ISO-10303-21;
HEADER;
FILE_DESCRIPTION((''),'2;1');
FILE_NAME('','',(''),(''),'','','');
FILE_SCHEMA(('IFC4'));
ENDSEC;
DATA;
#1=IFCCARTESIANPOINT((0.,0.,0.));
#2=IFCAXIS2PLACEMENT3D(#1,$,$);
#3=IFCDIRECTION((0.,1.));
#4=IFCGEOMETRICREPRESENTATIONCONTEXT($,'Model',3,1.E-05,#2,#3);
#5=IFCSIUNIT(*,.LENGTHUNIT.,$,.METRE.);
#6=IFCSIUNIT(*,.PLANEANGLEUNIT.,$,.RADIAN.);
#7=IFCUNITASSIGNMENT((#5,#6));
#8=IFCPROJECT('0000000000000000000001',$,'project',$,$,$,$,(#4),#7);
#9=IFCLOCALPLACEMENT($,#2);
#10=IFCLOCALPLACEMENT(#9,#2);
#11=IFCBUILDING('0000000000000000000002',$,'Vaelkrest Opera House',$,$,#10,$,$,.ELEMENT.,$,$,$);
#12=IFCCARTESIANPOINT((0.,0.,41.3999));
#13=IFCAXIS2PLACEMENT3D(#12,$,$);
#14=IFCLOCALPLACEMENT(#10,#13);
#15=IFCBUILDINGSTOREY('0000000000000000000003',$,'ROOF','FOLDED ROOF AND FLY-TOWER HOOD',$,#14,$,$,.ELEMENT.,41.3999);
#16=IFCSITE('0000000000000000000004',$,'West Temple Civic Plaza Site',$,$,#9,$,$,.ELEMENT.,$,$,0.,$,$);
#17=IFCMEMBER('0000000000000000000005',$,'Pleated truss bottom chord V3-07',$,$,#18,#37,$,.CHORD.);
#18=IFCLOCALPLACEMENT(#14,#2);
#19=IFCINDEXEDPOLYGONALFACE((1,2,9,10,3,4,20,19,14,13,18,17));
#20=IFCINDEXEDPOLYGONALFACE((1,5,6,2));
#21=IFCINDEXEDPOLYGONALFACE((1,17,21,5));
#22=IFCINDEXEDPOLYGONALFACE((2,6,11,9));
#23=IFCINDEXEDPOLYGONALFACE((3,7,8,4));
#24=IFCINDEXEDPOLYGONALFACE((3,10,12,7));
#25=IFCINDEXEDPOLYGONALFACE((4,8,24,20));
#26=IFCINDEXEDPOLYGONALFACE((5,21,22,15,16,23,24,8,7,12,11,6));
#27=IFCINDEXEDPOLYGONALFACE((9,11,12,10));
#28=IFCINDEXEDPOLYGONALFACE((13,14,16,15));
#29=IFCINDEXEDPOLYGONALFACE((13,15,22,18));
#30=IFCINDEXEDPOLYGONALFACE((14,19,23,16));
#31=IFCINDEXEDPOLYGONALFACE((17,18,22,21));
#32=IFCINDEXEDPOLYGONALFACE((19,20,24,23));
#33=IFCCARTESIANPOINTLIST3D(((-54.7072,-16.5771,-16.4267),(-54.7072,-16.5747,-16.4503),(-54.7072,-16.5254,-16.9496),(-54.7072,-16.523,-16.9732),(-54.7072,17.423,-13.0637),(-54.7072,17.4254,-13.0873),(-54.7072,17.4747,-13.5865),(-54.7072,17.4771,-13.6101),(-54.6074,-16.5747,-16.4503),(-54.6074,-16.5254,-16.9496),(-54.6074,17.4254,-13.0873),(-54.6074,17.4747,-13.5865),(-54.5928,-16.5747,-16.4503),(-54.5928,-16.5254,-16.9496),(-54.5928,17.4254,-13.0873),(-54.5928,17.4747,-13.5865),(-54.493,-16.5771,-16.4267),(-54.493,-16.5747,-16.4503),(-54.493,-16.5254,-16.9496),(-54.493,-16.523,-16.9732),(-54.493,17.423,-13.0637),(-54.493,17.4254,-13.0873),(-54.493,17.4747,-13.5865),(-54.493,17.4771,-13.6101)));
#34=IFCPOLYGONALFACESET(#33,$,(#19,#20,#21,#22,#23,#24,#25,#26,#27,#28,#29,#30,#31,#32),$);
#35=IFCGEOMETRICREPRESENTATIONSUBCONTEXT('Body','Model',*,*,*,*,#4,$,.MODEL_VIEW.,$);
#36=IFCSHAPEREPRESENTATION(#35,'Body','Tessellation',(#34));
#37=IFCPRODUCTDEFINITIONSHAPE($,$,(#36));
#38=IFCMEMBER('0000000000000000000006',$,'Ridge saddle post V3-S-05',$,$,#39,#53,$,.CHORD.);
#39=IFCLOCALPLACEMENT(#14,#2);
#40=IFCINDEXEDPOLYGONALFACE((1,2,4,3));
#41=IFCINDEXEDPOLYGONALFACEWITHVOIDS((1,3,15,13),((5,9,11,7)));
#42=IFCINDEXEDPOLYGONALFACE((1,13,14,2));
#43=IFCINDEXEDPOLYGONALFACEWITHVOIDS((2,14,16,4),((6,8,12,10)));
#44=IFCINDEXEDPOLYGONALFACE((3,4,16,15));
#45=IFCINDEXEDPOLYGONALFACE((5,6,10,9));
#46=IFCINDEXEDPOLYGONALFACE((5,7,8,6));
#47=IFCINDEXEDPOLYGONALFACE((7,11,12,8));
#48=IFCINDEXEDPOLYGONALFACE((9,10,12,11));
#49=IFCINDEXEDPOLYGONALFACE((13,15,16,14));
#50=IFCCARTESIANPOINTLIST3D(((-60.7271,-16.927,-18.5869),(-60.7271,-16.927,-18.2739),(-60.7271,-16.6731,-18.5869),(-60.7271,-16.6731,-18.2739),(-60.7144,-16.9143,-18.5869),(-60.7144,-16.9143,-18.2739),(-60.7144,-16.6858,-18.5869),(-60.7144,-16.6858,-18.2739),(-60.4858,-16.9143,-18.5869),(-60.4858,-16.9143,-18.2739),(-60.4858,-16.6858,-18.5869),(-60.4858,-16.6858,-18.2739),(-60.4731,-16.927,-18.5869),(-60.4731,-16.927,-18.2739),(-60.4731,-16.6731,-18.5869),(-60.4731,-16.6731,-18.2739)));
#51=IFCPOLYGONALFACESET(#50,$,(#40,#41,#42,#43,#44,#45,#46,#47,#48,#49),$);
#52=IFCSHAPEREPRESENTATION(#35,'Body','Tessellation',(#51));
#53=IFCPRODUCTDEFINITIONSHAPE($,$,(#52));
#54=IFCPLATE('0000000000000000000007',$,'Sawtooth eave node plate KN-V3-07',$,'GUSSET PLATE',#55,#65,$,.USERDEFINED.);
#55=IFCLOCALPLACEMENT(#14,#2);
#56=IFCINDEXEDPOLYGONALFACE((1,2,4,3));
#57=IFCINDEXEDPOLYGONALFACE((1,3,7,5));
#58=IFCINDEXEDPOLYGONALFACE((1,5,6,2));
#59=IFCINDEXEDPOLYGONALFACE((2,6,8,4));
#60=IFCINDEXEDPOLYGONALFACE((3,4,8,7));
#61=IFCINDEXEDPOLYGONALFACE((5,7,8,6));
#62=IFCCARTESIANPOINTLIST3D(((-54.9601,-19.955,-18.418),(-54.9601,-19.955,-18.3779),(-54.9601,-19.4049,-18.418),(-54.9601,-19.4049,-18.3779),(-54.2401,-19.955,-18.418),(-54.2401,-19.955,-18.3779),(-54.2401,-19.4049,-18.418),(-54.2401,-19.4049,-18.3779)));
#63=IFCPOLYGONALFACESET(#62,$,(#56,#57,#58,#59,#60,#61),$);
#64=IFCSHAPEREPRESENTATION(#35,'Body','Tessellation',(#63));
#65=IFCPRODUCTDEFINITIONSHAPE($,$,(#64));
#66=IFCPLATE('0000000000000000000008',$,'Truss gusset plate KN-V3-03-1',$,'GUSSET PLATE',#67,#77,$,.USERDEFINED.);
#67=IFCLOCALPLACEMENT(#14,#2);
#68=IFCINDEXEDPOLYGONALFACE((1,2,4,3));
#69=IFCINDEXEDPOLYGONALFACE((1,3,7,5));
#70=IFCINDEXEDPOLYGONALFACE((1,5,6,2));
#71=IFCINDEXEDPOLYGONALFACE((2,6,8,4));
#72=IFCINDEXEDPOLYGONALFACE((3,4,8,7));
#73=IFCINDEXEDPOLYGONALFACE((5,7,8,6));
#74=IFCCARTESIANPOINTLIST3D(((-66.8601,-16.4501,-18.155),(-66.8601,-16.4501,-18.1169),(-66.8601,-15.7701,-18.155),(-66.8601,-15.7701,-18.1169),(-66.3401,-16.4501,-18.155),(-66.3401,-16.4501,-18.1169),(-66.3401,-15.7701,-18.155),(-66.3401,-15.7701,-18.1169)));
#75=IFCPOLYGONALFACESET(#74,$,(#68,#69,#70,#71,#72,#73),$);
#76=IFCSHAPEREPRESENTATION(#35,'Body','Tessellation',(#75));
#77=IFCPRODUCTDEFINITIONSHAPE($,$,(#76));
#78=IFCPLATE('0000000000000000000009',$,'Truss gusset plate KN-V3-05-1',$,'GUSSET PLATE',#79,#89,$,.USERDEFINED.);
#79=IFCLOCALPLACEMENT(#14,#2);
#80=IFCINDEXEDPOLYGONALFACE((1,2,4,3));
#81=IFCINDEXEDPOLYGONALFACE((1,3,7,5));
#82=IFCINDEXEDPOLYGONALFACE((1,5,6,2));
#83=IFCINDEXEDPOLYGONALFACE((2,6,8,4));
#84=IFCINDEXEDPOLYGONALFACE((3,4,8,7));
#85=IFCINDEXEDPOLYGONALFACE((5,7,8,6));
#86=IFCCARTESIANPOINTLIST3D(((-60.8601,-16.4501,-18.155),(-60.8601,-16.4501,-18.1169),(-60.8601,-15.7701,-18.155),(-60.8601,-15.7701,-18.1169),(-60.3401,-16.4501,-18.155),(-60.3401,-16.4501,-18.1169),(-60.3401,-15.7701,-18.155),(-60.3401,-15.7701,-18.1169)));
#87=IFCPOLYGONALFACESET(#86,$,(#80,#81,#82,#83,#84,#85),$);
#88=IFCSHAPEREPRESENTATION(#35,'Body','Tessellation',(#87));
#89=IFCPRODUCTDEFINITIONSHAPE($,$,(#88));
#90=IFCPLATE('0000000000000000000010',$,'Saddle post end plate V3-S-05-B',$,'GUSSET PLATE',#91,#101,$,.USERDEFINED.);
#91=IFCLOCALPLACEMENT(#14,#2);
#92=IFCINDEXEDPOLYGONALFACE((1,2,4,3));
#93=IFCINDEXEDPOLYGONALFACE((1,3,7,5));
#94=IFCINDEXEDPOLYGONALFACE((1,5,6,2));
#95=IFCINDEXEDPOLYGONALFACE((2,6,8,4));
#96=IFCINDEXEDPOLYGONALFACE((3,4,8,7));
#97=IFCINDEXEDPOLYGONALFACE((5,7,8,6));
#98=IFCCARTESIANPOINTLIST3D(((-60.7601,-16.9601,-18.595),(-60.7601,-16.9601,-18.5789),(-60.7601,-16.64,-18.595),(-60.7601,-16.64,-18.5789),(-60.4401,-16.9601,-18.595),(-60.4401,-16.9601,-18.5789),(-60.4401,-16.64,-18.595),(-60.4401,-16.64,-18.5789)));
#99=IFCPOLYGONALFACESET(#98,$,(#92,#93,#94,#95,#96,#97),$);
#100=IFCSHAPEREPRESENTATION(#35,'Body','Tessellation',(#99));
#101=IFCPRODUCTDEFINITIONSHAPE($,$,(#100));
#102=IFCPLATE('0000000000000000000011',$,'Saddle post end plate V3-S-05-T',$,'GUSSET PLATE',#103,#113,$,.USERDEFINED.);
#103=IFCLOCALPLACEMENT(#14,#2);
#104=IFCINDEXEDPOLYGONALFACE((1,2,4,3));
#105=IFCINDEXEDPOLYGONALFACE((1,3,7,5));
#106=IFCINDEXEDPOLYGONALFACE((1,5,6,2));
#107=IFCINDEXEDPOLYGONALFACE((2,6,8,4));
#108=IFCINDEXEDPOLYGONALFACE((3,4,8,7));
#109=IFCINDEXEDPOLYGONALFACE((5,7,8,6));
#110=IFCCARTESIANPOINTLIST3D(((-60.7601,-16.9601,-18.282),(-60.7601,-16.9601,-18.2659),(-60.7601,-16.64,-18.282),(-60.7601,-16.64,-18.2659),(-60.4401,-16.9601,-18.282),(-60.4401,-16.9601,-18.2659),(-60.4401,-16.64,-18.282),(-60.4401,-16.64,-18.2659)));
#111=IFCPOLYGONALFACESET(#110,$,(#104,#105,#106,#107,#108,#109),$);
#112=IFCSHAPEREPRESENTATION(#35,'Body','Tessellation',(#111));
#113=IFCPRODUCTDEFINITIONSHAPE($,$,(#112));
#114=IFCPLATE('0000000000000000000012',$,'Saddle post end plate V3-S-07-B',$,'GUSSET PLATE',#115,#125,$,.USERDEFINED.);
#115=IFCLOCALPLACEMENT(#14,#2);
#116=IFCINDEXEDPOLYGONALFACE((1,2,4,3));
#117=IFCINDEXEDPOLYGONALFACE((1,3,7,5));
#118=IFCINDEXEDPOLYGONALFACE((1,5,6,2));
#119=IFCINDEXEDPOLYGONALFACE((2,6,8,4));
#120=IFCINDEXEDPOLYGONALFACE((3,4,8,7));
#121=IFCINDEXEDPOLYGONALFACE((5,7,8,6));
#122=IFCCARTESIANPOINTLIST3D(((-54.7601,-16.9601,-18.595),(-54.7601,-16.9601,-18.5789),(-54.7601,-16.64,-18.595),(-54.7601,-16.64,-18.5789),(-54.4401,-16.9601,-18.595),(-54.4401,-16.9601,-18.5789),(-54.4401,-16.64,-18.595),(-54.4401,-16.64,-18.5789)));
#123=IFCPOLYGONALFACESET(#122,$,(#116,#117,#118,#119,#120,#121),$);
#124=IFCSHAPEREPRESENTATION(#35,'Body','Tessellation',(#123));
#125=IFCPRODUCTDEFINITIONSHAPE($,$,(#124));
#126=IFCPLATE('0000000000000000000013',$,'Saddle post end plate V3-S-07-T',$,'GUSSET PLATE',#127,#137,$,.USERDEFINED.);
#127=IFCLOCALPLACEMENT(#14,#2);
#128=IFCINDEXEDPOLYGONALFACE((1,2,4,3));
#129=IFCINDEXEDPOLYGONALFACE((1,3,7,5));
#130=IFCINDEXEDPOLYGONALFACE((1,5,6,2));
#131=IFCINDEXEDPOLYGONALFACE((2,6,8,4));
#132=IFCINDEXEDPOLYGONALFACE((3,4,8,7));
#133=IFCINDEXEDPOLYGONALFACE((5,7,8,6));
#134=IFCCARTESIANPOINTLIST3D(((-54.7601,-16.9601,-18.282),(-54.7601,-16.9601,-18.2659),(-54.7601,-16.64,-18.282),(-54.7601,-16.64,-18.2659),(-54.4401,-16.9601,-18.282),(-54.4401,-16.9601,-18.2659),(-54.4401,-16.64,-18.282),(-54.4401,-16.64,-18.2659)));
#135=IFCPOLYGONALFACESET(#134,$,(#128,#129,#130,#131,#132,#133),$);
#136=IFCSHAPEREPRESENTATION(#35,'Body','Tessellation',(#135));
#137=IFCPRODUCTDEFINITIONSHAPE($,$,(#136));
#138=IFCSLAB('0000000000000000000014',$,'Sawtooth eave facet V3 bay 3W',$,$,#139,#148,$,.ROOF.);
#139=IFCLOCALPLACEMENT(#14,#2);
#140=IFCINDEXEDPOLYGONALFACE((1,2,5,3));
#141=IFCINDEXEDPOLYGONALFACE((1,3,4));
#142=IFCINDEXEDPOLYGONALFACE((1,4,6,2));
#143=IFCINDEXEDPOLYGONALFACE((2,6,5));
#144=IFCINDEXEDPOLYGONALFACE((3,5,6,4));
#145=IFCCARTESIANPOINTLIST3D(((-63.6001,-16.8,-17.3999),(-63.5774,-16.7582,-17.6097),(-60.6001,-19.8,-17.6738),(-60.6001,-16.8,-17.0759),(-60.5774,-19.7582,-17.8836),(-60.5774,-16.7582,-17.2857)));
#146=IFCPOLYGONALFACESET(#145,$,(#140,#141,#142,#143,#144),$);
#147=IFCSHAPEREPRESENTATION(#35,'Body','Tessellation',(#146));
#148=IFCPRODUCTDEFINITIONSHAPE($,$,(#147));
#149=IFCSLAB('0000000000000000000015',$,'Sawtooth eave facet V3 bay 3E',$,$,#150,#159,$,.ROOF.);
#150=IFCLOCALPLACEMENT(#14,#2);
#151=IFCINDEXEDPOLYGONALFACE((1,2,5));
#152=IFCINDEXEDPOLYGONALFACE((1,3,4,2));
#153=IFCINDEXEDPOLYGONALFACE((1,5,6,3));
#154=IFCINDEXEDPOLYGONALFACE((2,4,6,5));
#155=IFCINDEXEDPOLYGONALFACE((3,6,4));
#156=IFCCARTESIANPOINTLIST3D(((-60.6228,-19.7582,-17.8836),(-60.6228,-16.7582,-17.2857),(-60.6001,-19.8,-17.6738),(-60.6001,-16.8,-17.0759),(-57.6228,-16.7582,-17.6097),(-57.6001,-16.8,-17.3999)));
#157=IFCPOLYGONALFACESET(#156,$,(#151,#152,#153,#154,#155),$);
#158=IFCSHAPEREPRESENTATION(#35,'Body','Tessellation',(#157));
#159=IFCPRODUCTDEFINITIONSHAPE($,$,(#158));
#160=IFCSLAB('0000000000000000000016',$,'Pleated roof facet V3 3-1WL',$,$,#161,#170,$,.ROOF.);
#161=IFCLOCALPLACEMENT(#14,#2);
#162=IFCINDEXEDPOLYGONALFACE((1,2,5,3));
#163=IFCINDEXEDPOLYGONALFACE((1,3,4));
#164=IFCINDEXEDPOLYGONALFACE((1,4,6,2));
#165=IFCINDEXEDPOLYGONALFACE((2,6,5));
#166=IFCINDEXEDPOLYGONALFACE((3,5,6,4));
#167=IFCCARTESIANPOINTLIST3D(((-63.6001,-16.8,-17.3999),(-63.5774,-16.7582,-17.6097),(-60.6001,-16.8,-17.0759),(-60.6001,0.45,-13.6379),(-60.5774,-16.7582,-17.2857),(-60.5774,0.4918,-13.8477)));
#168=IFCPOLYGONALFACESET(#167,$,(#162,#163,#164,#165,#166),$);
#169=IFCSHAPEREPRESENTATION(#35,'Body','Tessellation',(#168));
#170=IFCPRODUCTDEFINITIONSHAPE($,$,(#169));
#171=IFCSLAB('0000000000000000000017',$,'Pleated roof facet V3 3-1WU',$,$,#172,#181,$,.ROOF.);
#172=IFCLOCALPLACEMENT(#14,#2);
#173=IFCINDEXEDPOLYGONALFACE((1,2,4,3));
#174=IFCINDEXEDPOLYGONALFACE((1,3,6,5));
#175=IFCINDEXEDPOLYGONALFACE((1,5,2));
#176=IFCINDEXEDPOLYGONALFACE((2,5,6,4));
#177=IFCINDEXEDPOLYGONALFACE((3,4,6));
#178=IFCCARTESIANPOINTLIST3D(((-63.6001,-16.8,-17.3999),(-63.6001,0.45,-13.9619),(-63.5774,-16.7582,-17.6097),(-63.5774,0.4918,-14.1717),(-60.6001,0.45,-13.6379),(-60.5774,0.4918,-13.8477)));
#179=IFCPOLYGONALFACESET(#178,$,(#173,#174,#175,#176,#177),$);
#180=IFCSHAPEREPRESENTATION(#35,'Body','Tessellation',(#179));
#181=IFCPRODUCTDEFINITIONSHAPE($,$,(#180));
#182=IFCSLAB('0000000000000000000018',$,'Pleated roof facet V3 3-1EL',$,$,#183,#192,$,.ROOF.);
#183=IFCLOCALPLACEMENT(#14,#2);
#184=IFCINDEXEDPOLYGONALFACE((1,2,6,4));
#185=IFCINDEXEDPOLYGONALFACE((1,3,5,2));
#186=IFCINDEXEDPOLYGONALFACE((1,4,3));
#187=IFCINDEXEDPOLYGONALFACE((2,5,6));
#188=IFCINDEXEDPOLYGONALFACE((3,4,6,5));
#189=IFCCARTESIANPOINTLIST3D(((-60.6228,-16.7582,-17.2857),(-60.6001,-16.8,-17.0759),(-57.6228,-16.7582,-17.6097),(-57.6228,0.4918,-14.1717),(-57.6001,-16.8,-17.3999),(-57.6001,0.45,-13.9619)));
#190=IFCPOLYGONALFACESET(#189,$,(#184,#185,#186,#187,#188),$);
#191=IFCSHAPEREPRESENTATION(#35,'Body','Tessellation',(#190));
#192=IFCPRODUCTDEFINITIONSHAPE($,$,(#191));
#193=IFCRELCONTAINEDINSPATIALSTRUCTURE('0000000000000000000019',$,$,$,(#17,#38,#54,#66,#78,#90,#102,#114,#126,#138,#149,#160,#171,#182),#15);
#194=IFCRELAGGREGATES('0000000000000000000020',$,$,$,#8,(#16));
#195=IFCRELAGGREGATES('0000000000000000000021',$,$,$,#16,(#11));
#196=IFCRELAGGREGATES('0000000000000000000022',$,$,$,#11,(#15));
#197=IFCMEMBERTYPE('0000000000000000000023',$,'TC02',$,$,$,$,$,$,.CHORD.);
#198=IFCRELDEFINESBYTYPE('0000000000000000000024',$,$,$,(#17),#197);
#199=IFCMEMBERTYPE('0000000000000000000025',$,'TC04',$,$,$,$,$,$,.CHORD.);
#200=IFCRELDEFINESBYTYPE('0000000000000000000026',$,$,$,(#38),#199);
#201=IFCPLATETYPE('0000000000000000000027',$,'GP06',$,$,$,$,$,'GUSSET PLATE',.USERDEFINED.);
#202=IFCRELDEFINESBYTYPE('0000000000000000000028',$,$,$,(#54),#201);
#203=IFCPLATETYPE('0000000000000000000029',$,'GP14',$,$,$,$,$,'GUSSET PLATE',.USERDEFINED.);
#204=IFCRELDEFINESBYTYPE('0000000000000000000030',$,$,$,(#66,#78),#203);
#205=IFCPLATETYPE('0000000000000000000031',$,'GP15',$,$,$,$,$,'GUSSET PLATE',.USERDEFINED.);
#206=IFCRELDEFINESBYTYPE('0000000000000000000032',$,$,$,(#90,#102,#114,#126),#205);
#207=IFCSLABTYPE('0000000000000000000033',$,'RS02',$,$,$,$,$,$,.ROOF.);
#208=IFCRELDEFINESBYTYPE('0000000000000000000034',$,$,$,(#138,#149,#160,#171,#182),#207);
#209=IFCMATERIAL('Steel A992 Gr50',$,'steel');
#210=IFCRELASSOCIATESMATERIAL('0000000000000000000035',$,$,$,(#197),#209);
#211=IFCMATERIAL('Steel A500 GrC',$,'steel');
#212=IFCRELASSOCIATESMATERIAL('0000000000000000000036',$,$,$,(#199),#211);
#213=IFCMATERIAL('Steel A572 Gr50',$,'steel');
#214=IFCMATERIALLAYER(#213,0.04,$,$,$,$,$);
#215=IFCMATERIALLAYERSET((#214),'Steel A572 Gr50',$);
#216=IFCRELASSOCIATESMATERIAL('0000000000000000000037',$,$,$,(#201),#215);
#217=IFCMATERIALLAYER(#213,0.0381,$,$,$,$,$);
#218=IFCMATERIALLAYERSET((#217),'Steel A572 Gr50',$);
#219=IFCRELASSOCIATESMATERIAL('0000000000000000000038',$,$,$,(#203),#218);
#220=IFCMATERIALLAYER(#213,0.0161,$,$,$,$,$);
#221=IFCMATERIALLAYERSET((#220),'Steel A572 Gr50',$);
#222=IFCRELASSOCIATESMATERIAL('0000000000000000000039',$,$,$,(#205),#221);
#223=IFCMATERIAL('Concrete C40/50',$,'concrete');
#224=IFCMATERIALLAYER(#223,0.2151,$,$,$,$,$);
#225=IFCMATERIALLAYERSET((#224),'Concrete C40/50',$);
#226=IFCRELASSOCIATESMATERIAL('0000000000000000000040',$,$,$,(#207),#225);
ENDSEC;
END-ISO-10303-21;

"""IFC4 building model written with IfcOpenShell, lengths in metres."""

from ifc_helpers import new_model, si_unit, direction, frame, origin, origin_2d, place, context, subcontext, project, spatial, polyline, rectangle, hollow_rectangle, i_section, outline, extrude, material, layer, layer_set, material_profile, profile_set, type_object, element, save


model = new_model("IFC4")

# Units and contexts
model_context = context("Model", 3, precision=1e-05, world=origin(), true_north=direction((0.0, 1.0)))
body_context = subcontext(model_context, "Body", "Model", "MODEL_VIEW")
ifc_project = project(units=[si_unit("LENGTHUNIT", "METRE"), si_unit("PLANEANGLEUNIT", "RADIAN")], contexts=[model_context])

# Site, building, storey
site_placement = place(None, origin())
site = spatial("IfcSite", under=ifc_project, at=site_placement, Name="West Temple Civic Plaza Site", CompositionType="ELEMENT", RefElevation=0.0)
building_placement = place(site_placement, origin())
building = spatial("IfcBuilding", under=site, at=building_placement, Name="Vaelkrest Opera House", CompositionType="ELEMENT")
storey_placement = place(building_placement, frame((0.0, 0.0, 41.3999)))
storey = spatial("IfcBuildingStorey", under=building, at=storey_placement, Name="ROOF", Description="FOLDED ROOF AND FLY-TOWER HOOD", CompositionType="ELEMENT", Elevation=41.3999)

# Shared definitions
ifc_material_1 = material(Name="Steel A992 Gr50", Category="steel")

# Members
ifc_material_2 = material(Name="Steel A500 GrC", Category="steel")
ifc_material_profile_1 = material_profile(ifc_material_1, i_section(OverallWidth=0.2141, OverallDepth=0.5491, WebThickness=0.0146, FlangeThickness=0.0237, at=origin_2d()), Name="W21X93")
ifc_profile_set_1 = profile_set([ifc_material_profile_1], Name="Steel A992 Gr50")
member_type_1 = type_object("IfcMemberType", Name="TC02", PredefinedType="CHORD", material=ifc_profile_set_1)
for number, where, z_axis, x_axis, name in (
    (1, (-54.6001, -16.55, -16.7), (0.0, 0.995144, 0.098433), (-1.0, 0.0, 0.0), "Pleated truss bottom chord V3-07"),
):
    element("IfcMember", number, at=place(storey_placement, frame(where, z_axis=z_axis, x_axis=x_axis)), inside=storey, type_object=member_type_1, Name=name, PredefinedType="CHORD", context=body_context, shape_type="SweptSolid", body=[
        extrude(i_section(OverallWidth=0.2141, OverallDepth=0.5491, WebThickness=0.0146, FlangeThickness=0.0237, at=origin_2d()), origin(), (0.0, 0.0, 1.0), 34.166),
    ])
ifc_material_profile_2 = material_profile(ifc_material_2, hollow_rectangle(XDim=0.2539, YDim=0.2539, WallThickness=0.0127, at=origin_2d()), Name="HSS254X254X12.7")
ifc_profile_set_2 = profile_set([ifc_material_profile_2], Name="Steel A500 GrC")
member_type_2 = type_object("IfcMemberType", Name="TC04", PredefinedType="CHORD", material=ifc_profile_set_2)
member_1_placement = place(storey_placement, frame((-60.6001, -16.8, -18.5869), z_axis=(0.0, 0.0, 1.0), x_axis=(1.0, 0.0, 0.0)))
element("IfcMember", 2, at=member_1_placement, inside=storey, type_object=member_type_2, Name="Ridge saddle post V3-S-05", PredefinedType="CHORD", context=body_context, shape_type="SweptSolid", body=[
    extrude(hollow_rectangle(XDim=0.2539, YDim=0.2539, WallThickness=0.0127, at=origin_2d()), origin(), (0.0, 0.0, 1.0), 0.313),
])

# Plates
ifc_material_3 = material(Name="Steel A572 Gr50", Category="steel")
ifc_layer_1 = layer(ifc_material_3, 0.04)
ifc_layer_set_1 = layer_set([ifc_layer_1], Name="Steel A572 Gr50")
plate_type_1 = type_object("IfcPlateType", Name="GP06", ElementType="GUSSET PLATE", PredefinedType="USERDEFINED", material=ifc_layer_set_1)
plate_placement = place(storey_placement, frame((-54.6001, -19.6799, -18.418), z_axis=(0.0, 0.0, 1.0), x_axis=(1.0, 0.0, 0.0)))
element("IfcPlate", 3, at=plate_placement, inside=storey, type_object=plate_type_1, Name="Sawtooth eave node plate KN-V3-07", ObjectType="GUSSET PLATE", PredefinedType="USERDEFINED", context=body_context, shape_type="SweptSolid", body=[
    extrude(rectangle(XDim=0.72, YDim=0.55, at=origin_2d()), origin(), (0.0, 0.0, 1.0), 0.04),
])
ifc_layer_2 = layer(ifc_material_3, 0.0381)
ifc_layer_set_2 = layer_set([ifc_layer_2], Name="Steel A572 Gr50")
plate_type_2 = type_object("IfcPlateType", Name="GP14", ElementType="GUSSET PLATE", PredefinedType="USERDEFINED", material=ifc_layer_set_2)
for number, where, z_axis, x_axis, name in (
    (4, (-66.6001, -16.1101, -18.155), (0.0, 0.0, 1.0), (0.0, 1.0, 0.0), "Truss gusset plate KN-V3-03-1"),
    (5, (-60.6001, -16.1101, -18.155), (0.0, 0.0, 1.0), (0.0, 1.0, 0.0), "Truss gusset plate KN-V3-05-1"),
):
    element("IfcPlate", number, at=place(storey_placement, frame(where, z_axis=z_axis, x_axis=x_axis)), inside=storey, type_object=plate_type_2, Name=name, ObjectType="GUSSET PLATE", PredefinedType="USERDEFINED", context=body_context, shape_type="SweptSolid", body=[
        extrude(rectangle(XDim=0.6799, YDim=0.52, at=origin_2d()), origin(), (0.0, 0.0, 1.0), 0.0381),
    ])
ifc_layer_3 = layer(ifc_material_3, 0.0161)
ifc_layer_set_3 = layer_set([ifc_layer_3], Name="Steel A572 Gr50")
plate_type_3 = type_object("IfcPlateType", Name="GP15", ElementType="GUSSET PLATE", PredefinedType="USERDEFINED", material=ifc_layer_set_3)
for number, where, z_axis, x_axis, name in (
    (6, (-60.6001, -16.8, -18.595), (0.0, 0.0, 1.0), (1.0, 0.0, 0.0), "Saddle post end plate V3-S-05-B"),
    (7, (-60.6001, -16.8, -18.282), (0.0, 0.0, 1.0), (1.0, 0.0, 0.0), "Saddle post end plate V3-S-05-T"),
    (8, (-54.6001, -16.8, -18.595), (0.0, 0.0, 1.0), (1.0, 0.0, 0.0), "Saddle post end plate V3-S-07-B"),
    (9, (-54.6001, -16.8, -18.282), (0.0, 0.0, 1.0), (1.0, 0.0, 0.0), "Saddle post end plate V3-S-07-T"),
):
    element("IfcPlate", number, at=place(storey_placement, frame(where, z_axis=z_axis, x_axis=x_axis)), inside=storey, type_object=plate_type_3, Name=name, ObjectType="GUSSET PLATE", PredefinedType="USERDEFINED", context=body_context, shape_type="SweptSolid", body=[
        extrude(rectangle(XDim=0.3201, YDim=0.3201, at=origin_2d()), origin(), (0.0, 0.0, 1.0), 0.0161),
    ])

# Slabs
ifc_material_4 = material(Name="Concrete C40/50", Category="concrete")
ifc_layer_4 = layer(ifc_material_4, 0.2151)
ifc_layer_set_4 = layer_set([ifc_layer_4], Name="Concrete C40/50")
slab_type = type_object("IfcSlabType", Name="RS02", PredefinedType="ROOF", material=ifc_layer_set_4)
slab_1_placement = place(storey_placement, frame((-63.6001, -16.8, -17.3999), z_axis=(-0.10532, -0.194369, 0.975258), x_axis=(0.705638, -0.705638, -0.064431)))
element("IfcSlab", 10, at=slab_1_placement, inside=storey, type_object=slab_type, Name="Sawtooth eave facet V3 bay 3W", PredefinedType="ROOF", context=body_context, shape_type="SweptSolid", body=[
    extrude(outline(polyline([(0.0, 0.0), (4.2515, 0.0), (2.096, 2.1706), (0.0, 0.0)])), origin(), (0.0, 0.0, -1.0), 0.2151),
])
slab_2_placement = place(storey_placement, frame((-60.6001, -16.8, -17.0759), z_axis=(0.10532, -0.194369, 0.975258), x_axis=(0.0, -0.980712, -0.195456)))
element("IfcSlab", 11, at=slab_2_placement, inside=storey, type_object=slab_type, Name="Sawtooth eave facet V3 bay 3E", PredefinedType="ROOF", context=body_context, shape_type="SweptSolid", body=[
    extrude(outline(polyline([(0.0, 0.0), (3.059, 0.0), (0.0633, 3.0168), (0.0, 0.0)])), origin(), (0.0, 0.0, -1.0), 0.2151),
])
slab_3_placement = place(storey_placement, frame((-63.6001, -16.8, -17.3999), z_axis=(-0.10532, -0.194372, 0.975257), x_axis=(0.994219, 0.0, 0.107367)))
element("IfcSlab", 12, at=slab_3_placement, inside=storey, type_object=slab_type, Name="Pleated roof facet V3 3-1WL", PredefinedType="ROOF", context=body_context, shape_type="SweptSolid", body=[
    extrude(outline(polyline([(0.0, 0.0), (3.0174, 0.0), (3.3866, 17.5854), (0.0, 0.0)])), origin(), (0.0, 0.0, -1.0), 0.2151),
])
slab_4_placement = place(storey_placement, frame((-63.6001, -16.8, -17.3999), z_axis=(-0.10532, -0.194372, 0.975257), x_axis=(0.167518, 0.963229, 0.210066)))
element("IfcSlab", 13, at=slab_4_placement, inside=storey, type_object=slab_type, Name="Pleated roof facet V3 3-1WU", PredefinedType="ROOF", context=body_context, shape_type="SweptSolid", body=[
    extrude(outline(polyline([(0.0, 0.0), (17.9085, 0.0), (17.3379, 2.963), (0.0, 0.0)])), origin(), (0.0, 0.0, -1.0), 0.2151),
])
slab_5_placement = place(storey_placement, frame((-60.6001, -16.8, -17.0759), z_axis=(0.10532, -0.194372, 0.975257), x_axis=(0.994219, 0.0, -0.107367)))
element("IfcSlab", 14, at=slab_5_placement, inside=storey, type_object=slab_type, Name="Pleated roof facet V3 3-1EL", PredefinedType="ROOF", context=body_context, shape_type="SweptSolid", body=[
    extrude(outline(polyline([(0.0, 0.0), (3.0174, 0.0), (2.6483, 17.5854), (0.0, 0.0)])), origin(), (0.0, 0.0, -1.0), 0.2151),
])

save(model, "model.ifc")
